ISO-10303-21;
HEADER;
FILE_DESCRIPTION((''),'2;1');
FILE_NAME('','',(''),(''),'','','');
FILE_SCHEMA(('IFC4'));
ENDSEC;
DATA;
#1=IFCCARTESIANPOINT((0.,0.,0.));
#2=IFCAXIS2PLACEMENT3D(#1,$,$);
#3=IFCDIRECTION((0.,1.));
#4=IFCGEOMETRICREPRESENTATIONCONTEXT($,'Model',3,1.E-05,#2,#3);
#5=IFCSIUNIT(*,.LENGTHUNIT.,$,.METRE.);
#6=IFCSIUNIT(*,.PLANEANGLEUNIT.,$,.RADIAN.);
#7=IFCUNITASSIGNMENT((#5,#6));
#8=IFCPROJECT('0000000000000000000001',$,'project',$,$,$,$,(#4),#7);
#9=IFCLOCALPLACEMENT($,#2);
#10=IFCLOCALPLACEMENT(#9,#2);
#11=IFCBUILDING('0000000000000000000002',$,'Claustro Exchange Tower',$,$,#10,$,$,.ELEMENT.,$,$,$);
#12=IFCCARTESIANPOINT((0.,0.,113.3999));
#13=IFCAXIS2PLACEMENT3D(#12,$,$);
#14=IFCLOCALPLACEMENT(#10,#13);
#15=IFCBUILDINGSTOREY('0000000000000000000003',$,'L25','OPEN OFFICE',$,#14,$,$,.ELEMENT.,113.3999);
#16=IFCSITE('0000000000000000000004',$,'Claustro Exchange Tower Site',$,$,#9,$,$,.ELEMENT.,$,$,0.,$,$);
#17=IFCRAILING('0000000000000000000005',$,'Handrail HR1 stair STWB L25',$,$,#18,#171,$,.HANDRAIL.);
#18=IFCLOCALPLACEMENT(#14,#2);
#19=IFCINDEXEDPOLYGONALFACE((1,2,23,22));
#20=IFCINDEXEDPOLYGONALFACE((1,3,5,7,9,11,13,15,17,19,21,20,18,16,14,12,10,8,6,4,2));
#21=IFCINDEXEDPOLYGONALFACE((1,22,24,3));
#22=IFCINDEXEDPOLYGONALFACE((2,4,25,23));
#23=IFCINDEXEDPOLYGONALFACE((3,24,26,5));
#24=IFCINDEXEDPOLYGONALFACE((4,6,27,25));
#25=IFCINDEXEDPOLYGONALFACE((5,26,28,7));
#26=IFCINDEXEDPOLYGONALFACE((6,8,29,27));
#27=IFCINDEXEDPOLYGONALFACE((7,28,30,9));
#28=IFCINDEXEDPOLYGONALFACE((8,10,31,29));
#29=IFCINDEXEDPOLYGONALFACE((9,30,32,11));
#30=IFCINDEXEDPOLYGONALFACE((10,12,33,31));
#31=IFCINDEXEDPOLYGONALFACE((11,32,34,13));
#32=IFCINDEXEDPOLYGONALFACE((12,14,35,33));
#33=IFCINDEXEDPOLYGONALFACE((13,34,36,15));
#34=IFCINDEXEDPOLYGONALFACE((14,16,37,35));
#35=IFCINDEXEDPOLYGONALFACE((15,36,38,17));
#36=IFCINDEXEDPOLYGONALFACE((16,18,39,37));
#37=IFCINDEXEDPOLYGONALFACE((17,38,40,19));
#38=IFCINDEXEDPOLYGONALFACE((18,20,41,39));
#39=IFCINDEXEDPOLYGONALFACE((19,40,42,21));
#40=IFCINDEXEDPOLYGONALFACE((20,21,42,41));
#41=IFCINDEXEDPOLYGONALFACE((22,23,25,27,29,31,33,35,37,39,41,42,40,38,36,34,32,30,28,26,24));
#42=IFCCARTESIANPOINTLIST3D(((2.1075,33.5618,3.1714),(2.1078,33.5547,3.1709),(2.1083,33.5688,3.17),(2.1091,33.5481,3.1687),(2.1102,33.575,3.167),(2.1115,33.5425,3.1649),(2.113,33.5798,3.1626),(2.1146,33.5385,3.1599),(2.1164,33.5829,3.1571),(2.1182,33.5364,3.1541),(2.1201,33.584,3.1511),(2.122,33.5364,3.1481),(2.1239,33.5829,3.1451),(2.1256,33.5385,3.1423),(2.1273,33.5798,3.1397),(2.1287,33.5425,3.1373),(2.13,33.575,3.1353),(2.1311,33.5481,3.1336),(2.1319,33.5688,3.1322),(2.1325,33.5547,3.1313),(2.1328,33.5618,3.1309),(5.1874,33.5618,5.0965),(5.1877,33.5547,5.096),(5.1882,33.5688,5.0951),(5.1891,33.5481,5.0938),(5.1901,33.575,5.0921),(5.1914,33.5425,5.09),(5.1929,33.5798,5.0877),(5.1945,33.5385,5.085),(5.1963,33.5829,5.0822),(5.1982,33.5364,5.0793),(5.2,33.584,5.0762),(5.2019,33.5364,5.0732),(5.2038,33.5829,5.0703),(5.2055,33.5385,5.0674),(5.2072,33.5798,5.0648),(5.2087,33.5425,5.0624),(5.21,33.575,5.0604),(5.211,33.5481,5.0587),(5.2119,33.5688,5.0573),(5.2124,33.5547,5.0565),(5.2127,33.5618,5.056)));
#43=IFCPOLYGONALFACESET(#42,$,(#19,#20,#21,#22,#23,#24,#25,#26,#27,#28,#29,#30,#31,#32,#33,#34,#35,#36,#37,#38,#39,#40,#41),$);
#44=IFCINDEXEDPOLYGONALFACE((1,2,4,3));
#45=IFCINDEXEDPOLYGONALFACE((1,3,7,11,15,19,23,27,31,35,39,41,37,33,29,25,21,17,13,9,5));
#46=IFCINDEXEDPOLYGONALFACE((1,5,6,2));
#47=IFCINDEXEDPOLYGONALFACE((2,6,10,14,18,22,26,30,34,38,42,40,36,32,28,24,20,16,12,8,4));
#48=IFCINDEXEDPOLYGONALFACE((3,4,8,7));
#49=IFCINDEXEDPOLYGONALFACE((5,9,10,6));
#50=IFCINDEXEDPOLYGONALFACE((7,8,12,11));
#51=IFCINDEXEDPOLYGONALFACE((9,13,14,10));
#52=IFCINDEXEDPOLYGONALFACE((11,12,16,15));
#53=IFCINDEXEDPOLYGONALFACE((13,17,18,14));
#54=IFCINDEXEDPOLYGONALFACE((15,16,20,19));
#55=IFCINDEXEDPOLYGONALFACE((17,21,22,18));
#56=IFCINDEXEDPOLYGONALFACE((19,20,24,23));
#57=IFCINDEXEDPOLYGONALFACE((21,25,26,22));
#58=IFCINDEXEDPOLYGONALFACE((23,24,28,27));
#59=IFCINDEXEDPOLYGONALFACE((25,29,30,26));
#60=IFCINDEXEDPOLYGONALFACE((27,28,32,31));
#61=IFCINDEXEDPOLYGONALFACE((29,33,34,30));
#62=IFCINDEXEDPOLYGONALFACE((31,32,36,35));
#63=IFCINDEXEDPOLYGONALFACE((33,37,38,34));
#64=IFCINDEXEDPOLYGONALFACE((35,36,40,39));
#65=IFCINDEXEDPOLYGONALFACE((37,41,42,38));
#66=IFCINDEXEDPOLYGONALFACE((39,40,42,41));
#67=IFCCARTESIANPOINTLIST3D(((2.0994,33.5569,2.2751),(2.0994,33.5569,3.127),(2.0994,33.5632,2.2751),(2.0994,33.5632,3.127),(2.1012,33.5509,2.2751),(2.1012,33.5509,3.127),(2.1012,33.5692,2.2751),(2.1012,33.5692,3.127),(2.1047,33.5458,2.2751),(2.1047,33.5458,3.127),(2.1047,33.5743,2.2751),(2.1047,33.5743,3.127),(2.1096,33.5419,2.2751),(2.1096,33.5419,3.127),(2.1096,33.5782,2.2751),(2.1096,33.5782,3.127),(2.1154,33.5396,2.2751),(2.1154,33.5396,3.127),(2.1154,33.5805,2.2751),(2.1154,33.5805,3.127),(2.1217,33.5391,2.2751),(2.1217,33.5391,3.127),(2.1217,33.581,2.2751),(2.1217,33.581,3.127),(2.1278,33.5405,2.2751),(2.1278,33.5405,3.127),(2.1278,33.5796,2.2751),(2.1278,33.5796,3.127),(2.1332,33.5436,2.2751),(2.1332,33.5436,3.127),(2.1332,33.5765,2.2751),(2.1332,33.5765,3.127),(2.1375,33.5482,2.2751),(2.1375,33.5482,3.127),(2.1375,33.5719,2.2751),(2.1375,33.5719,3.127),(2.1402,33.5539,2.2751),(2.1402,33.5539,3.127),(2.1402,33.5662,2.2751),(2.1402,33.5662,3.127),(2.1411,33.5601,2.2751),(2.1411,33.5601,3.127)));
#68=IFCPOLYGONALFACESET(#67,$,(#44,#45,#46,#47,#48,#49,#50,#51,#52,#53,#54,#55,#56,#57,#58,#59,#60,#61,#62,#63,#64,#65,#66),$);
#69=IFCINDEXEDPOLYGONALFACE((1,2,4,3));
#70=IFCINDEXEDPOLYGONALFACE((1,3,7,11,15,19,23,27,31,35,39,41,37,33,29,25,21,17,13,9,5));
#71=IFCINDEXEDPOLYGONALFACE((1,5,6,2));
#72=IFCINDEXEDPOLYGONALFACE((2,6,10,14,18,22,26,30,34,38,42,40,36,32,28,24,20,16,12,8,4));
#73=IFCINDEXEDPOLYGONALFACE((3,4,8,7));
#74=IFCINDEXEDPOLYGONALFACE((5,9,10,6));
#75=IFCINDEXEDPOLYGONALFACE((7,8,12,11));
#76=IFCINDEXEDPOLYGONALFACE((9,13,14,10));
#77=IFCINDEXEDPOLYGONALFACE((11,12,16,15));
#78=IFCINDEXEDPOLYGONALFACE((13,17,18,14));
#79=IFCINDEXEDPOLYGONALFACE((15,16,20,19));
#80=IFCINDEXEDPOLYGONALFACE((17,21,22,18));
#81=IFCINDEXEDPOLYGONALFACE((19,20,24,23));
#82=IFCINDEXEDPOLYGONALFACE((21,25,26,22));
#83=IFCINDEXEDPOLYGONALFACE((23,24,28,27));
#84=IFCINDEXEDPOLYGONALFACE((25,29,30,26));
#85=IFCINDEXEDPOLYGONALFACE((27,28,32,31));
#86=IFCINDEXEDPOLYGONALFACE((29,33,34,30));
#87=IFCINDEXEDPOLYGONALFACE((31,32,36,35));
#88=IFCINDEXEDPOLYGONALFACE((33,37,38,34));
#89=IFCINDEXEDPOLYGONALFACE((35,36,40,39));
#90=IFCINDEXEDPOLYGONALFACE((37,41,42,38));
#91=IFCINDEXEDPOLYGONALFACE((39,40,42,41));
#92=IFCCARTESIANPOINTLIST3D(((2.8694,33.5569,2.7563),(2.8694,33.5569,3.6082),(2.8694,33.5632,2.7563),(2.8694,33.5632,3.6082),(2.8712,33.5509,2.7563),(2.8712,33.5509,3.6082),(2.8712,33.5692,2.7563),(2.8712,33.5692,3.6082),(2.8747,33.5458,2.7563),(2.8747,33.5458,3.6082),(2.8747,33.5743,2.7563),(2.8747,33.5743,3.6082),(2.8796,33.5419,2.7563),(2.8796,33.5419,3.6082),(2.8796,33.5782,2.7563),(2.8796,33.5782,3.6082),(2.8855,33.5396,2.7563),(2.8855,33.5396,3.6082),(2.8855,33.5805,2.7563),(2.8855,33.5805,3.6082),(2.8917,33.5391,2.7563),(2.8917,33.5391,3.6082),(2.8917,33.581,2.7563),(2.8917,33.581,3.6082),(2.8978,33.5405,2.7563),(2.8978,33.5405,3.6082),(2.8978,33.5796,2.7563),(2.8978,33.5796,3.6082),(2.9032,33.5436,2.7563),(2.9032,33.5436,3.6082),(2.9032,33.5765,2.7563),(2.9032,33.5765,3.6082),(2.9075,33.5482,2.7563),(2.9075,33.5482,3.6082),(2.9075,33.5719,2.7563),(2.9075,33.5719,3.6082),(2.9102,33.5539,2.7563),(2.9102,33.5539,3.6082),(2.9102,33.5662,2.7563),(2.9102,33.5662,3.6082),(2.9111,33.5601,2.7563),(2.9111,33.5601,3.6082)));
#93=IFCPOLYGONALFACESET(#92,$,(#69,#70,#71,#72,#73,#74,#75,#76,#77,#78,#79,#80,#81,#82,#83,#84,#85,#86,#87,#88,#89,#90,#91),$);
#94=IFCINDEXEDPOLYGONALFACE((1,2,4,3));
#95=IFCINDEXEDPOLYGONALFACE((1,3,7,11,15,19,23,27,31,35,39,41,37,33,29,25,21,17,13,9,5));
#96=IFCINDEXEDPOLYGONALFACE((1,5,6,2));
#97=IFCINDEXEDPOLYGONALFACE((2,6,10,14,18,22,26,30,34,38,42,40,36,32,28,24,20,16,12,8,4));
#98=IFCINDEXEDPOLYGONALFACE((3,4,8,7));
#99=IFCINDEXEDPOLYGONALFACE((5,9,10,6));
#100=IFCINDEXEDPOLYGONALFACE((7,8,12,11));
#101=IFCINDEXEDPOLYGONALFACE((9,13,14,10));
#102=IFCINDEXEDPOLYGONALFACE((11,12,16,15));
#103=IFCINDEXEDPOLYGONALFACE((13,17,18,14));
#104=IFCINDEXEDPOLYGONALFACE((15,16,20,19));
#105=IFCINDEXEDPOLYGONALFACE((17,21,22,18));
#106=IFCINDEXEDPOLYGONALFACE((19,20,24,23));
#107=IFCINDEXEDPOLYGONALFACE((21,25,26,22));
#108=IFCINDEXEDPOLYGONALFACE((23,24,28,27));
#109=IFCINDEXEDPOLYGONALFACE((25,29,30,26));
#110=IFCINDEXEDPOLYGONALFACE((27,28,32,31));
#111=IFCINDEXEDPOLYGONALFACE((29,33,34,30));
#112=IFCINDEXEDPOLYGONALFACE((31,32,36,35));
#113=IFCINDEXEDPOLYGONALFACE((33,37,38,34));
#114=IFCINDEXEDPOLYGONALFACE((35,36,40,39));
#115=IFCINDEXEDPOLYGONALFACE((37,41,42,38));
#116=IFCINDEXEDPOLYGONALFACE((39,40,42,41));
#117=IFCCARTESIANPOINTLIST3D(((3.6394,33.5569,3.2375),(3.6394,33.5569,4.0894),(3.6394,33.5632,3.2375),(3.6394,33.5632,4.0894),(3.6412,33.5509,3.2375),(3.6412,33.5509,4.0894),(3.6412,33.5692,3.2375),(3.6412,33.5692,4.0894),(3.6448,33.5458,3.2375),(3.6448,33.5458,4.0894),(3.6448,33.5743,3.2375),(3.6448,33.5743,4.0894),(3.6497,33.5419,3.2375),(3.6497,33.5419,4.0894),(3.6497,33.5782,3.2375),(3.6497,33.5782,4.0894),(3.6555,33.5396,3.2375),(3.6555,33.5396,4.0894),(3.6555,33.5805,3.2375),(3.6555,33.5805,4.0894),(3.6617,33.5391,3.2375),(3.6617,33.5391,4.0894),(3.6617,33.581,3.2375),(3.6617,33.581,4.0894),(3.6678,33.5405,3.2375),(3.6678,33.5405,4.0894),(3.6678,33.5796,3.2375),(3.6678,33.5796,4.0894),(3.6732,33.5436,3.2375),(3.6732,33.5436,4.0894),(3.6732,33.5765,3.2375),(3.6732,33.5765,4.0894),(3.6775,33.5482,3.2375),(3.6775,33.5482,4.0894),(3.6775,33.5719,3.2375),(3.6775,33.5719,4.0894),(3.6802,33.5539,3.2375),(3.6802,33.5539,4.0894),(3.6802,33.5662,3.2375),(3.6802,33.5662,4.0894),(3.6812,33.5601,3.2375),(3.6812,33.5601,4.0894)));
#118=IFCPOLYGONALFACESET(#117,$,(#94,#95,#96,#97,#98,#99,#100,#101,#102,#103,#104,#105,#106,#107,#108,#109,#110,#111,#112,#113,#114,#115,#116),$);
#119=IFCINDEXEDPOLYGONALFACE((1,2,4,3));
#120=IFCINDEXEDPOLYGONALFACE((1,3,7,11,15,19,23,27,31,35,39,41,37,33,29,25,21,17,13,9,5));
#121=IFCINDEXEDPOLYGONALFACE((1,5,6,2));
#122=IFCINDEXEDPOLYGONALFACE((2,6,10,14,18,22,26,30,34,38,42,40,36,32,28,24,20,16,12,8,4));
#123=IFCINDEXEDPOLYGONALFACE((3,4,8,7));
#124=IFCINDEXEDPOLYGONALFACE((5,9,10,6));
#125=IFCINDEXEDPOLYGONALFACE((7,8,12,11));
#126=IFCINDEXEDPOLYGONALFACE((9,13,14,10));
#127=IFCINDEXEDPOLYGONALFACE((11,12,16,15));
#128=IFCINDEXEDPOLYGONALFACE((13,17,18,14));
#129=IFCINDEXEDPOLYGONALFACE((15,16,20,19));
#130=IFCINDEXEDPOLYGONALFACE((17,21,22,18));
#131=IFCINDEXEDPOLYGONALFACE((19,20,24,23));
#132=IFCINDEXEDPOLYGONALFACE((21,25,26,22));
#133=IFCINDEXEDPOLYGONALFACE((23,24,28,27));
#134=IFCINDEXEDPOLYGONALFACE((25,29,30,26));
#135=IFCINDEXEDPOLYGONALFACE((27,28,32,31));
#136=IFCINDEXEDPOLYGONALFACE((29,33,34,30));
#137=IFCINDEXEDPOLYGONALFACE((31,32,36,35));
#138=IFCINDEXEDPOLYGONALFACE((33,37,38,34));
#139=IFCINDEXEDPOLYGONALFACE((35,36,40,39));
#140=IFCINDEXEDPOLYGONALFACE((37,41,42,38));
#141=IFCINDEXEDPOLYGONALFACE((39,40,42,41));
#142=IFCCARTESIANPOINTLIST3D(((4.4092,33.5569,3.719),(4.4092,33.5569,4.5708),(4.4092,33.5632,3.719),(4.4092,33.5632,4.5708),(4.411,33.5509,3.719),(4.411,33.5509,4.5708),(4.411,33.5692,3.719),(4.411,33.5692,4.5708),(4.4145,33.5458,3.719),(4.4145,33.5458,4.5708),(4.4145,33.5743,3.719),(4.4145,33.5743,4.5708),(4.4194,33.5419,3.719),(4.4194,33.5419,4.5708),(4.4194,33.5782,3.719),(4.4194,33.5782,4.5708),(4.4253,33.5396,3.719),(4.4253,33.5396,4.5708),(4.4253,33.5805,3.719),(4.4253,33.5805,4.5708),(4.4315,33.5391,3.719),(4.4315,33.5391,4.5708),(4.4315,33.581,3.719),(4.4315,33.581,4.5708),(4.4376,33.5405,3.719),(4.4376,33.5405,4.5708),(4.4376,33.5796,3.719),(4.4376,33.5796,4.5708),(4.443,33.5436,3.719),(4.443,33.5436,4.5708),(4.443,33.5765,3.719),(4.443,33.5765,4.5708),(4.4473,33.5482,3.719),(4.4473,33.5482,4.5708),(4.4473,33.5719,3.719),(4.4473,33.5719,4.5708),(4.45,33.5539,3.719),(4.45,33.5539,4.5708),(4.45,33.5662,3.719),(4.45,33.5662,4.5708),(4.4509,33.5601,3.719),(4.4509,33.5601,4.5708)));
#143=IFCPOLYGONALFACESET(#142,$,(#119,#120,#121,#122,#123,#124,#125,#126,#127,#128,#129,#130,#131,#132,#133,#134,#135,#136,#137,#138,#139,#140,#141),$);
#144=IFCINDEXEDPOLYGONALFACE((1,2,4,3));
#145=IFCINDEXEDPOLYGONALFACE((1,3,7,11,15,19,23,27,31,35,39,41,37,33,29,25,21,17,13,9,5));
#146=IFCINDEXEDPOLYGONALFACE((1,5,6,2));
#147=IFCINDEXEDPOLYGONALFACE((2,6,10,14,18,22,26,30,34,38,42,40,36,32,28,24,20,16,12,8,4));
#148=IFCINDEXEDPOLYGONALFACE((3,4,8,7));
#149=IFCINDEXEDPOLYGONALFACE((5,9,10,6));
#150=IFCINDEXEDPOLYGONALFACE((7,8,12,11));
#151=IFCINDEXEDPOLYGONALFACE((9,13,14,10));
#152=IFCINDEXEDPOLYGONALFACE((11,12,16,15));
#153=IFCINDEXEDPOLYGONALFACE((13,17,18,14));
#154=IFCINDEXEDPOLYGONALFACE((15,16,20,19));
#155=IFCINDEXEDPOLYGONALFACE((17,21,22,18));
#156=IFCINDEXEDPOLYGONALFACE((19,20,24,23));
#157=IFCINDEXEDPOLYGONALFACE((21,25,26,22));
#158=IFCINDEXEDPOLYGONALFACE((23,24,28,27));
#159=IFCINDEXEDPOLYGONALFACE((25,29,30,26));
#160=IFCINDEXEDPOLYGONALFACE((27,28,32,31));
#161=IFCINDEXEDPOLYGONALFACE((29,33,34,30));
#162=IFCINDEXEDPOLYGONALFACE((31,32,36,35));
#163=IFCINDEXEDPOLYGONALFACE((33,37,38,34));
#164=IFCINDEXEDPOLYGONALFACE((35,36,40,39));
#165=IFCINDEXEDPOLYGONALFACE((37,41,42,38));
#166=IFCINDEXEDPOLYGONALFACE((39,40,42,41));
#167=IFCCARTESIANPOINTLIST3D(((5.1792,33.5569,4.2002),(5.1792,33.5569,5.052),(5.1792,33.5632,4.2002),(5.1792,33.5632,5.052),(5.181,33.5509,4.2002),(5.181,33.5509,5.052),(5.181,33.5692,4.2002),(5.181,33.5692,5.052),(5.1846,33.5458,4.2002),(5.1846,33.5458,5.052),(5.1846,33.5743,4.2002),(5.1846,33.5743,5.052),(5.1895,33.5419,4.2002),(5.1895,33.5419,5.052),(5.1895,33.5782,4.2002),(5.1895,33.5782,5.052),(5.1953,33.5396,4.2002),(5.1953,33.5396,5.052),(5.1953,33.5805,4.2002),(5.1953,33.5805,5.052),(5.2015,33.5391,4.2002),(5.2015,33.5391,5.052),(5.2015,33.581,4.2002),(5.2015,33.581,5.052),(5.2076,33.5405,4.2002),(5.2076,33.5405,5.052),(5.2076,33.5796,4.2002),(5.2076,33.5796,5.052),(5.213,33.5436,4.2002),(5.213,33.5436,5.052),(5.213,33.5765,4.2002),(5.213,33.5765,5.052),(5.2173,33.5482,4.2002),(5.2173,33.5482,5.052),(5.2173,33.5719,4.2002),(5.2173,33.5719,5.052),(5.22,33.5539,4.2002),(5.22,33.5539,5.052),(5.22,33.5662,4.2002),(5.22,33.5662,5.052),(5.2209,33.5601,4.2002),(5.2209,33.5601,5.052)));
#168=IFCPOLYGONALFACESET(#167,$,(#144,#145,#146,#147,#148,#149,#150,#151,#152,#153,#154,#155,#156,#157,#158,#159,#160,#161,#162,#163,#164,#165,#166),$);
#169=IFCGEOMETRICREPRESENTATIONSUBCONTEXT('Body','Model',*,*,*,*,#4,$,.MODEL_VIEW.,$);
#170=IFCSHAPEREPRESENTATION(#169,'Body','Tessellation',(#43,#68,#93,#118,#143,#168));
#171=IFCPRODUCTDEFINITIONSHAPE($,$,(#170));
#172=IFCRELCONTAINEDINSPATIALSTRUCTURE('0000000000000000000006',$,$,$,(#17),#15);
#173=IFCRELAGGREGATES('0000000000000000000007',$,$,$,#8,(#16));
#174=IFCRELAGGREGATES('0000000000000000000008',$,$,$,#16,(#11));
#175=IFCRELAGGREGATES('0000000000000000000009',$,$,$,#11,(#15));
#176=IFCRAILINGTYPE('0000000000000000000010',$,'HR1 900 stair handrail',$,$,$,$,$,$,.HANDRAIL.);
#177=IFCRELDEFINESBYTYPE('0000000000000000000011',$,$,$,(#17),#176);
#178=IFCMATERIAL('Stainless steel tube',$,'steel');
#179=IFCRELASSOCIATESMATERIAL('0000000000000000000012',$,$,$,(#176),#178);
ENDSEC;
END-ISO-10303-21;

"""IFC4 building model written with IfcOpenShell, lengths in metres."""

from ifc_helpers import new_model, si_unit, direction, frame, origin, origin_2d, place, context, subcontext, project, spatial, circle, extrude, material, type_object, element, save


model = new_model("IFC4")

# Units and contexts
model_context = context("Model", 3, precision=1e-05, world=origin(), true_north=direction((0.0, 1.0)))
body_context = subcontext(model_context, "Body", "Model", "MODEL_VIEW")
ifc_project = project(units=[si_unit("LENGTHUNIT", "METRE"), si_unit("PLANEANGLEUNIT", "RADIAN")], contexts=[model_context])

# Site, building, storey
site_placement = place(None, origin())
site = spatial("IfcSite", under=ifc_project, at=site_placement, Name="Claustro Exchange Tower Site", CompositionType="ELEMENT", RefElevation=0.0)
building_placement = place(site_placement, origin())
building = spatial("IfcBuilding", under=site, at=building_placement, Name="Claustro Exchange Tower", CompositionType="ELEMENT")
storey_placement = place(building_placement, frame((0.0, 0.0, 113.3999)))
storey = spatial("IfcBuildingStorey", under=building, at=storey_placement, Name="L25", Description="OPEN OFFICE", CompositionType="ELEMENT", Elevation=113.3999)

# Railing
ifc_material_1 = material(Name="Stainless steel tube", Category="steel")
railing_type_1 = type_object("IfcRailingType", Name="HR1 900 stair handrail", PredefinedType="HANDRAIL", material=ifc_material_1)
railing_1_placement = place(storey_placement, frame((2.1201, 33.5601, 2.2751)))
element("IfcRailing", 1, at=railing_1_placement, inside=storey, type_object=railing_type_1, Name="Handrail HR1 stair STWB L25", PredefinedType="HANDRAIL", context=body_context, shape_type="SweptSolid", body=[
    extrude(circle(Radius=0.0239, at=origin_2d()), frame((0.0, 0.0, 0.876), z_axis=(0.847979, 0.0, 0.530029), x_axis=(0.0, 1.0, 0.0)), (0.0, 0.0, 1.0), 3.6321),
    extrude(circle(Radius=0.021, at=origin_2d()), origin(), (0.0, 0.0, 1.0), 0.8518),
    extrude(circle(Radius=0.021, at=origin_2d()), frame((0.77, 0.0, 0.4812)), (0.0, 0.0, 1.0), 0.8518),
    extrude(circle(Radius=0.021, at=origin_2d()), frame((1.54, 0.0, 0.9624)), (0.0, 0.0, 1.0), 0.8518),
    extrude(circle(Radius=0.021, at=origin_2d()), frame((2.3098, 0.0, 1.4438)), (0.0, 0.0, 1.0), 0.8518),
    extrude(circle(Radius=0.021, at=origin_2d()), frame((3.0798, 0.0, 1.925)), (0.0, 0.0, 1.0), 0.8518),
])

save(model, "model.ifc")
